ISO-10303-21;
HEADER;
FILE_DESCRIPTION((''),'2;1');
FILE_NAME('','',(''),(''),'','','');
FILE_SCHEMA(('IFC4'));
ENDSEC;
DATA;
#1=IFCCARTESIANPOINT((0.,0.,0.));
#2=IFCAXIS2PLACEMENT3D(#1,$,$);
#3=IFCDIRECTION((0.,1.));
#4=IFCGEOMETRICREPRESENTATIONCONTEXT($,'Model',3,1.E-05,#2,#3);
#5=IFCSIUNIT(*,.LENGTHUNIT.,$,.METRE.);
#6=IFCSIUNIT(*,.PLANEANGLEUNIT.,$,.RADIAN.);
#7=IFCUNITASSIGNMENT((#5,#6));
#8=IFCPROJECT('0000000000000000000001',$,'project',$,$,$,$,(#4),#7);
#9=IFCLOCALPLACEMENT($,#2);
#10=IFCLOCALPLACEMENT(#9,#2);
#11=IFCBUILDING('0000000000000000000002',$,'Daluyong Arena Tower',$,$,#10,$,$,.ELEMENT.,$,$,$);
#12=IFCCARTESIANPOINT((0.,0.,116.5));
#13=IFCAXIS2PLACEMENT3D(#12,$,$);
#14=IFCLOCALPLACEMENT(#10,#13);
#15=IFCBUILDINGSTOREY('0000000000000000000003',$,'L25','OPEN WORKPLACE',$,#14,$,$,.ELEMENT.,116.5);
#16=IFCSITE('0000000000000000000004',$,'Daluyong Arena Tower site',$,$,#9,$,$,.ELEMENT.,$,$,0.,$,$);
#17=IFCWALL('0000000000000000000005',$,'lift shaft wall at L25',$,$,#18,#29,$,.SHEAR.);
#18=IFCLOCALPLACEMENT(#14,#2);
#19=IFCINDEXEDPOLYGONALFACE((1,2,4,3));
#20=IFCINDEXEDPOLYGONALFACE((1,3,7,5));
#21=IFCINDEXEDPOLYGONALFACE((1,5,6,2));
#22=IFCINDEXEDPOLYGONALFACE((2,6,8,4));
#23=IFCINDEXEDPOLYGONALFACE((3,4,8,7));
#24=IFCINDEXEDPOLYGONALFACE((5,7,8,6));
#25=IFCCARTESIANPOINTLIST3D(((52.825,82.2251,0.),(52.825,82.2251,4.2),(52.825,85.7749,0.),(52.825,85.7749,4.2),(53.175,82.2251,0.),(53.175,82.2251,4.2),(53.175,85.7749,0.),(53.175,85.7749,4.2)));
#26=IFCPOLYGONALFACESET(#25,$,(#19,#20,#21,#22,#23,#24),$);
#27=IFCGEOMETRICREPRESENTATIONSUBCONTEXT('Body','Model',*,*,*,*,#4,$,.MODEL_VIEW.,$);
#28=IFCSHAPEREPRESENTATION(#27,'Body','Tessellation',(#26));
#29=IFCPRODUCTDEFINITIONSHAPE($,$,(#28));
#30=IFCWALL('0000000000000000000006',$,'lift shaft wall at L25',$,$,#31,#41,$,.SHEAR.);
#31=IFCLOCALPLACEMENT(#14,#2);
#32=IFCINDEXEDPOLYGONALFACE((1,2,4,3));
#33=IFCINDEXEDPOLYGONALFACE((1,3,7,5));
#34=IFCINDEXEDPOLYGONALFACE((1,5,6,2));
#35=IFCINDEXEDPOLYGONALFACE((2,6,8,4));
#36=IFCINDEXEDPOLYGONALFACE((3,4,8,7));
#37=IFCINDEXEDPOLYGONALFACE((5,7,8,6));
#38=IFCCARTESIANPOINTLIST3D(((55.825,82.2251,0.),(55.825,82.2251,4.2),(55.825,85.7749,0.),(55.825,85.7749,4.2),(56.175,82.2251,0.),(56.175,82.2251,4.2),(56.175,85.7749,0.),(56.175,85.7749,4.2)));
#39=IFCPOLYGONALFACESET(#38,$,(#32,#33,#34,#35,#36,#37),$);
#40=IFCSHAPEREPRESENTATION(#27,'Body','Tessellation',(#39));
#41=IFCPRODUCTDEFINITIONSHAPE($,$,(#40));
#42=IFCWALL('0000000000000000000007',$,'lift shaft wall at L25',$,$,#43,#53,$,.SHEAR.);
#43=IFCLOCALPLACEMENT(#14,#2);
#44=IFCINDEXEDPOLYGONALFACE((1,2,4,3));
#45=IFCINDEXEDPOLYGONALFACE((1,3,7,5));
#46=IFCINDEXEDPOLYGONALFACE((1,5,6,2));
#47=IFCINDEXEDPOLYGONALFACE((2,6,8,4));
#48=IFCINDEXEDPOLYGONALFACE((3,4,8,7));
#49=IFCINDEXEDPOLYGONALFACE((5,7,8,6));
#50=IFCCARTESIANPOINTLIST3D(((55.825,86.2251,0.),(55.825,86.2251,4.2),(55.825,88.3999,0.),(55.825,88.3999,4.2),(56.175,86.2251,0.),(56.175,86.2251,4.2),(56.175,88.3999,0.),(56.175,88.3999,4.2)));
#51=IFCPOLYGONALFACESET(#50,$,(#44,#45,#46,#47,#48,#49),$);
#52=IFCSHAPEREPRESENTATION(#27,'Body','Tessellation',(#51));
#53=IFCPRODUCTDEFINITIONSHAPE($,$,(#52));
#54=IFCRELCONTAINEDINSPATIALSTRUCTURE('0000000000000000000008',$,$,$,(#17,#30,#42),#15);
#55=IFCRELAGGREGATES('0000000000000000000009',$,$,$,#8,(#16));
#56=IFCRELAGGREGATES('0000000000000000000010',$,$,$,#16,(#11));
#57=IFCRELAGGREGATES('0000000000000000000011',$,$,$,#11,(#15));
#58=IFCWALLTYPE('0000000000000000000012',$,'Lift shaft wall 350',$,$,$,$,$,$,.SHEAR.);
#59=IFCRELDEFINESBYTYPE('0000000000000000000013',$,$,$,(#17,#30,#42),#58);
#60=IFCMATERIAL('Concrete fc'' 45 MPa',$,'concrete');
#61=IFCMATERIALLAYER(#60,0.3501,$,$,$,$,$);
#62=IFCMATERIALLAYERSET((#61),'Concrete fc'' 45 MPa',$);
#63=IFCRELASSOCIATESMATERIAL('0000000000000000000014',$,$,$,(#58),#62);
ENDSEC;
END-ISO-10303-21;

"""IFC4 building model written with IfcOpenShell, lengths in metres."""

from ifc_helpers import new_model, si_unit, direction, frame, frame_2d, origin, place, context, subcontext, project, spatial, rectangle, extrude, material, layer, layer_set, type_object, element, save


model = new_model("IFC4")

# Units and contexts
model_context = context("Model", 3, precision=1e-05, world=origin(), true_north=direction((0.0, 1.0)))
body_context = subcontext(model_context, "Body", "Model", "MODEL_VIEW")
ifc_project = project(units=[si_unit("LENGTHUNIT", "METRE"), si_unit("PLANEANGLEUNIT", "RADIAN")], contexts=[model_context])

# Site, building, storey
site_placement = place(None, origin())
site = spatial("IfcSite", under=ifc_project, at=site_placement, Name="Daluyong Arena Tower site", CompositionType="ELEMENT", RefElevation=0.0)
building_placement = place(site_placement, origin())
building = spatial("IfcBuilding", under=site, at=building_placement, Name="Daluyong Arena Tower", CompositionType="ELEMENT")
storey_placement = place(building_placement, frame((0.0, 0.0, 116.5)))
storey = spatial("IfcBuildingStorey", under=building, at=storey_placement, Name="L25", Description="OPEN WORKPLACE", CompositionType="ELEMENT", Elevation=116.5)

# Walls
ifc_material_1 = material(Name="Concrete fc' 45 MPa", Category="concrete")
ifc_layer_1 = layer(ifc_material_1, 0.3501)
ifc_layer_set_1 = layer_set([ifc_layer_1], Name="Concrete fc' 45 MPa")
wall_type_1 = type_object("IfcWallType", Name="Lift shaft wall 350", PredefinedType="SHEAR", material=ifc_layer_set_1)
for number, where, z_axis, x_axis, name in (
    (1, (53.0, 82.2251, 0.0), (0.0, 0.0, 1.0), (0.0, 1.0, 0.0), "lift shaft wall at L25"),
    (2, (56.0, 82.2251, 0.0), (0.0, 0.0, 1.0), (0.0, 1.0, 0.0), "lift shaft wall at L25"),
):
    element("IfcWall", number, at=place(storey_placement, frame(where, z_axis=z_axis, x_axis=x_axis)), inside=storey, type_object=wall_type_1, Name=name, PredefinedType="SHEAR", context=body_context, shape_type="SweptSolid", body=[
        extrude(rectangle(XDim=3.5498, YDim=0.3501, at=frame_2d((1.7749, 0.0))), origin(), (0.0, 0.0, 1.0), 4.2),
    ])
wall_1_placement = place(storey_placement, frame((56.0, 86.2251, 0.0), z_axis=(0.0, 0.0, 1.0), x_axis=(0.0, 1.0, 0.0)))
element("IfcWall", 3, at=wall_1_placement, inside=storey, type_object=wall_type_1, Name="lift shaft wall at L25", PredefinedType="SHEAR", context=body_context, shape_type="SweptSolid", body=[
    extrude(rectangle(XDim=2.1748, YDim=0.3501, at=frame_2d((1.0874, 0.0))), origin(), (0.0, 0.0, 1.0), 4.2),
])

save(model, "model.ifc")
